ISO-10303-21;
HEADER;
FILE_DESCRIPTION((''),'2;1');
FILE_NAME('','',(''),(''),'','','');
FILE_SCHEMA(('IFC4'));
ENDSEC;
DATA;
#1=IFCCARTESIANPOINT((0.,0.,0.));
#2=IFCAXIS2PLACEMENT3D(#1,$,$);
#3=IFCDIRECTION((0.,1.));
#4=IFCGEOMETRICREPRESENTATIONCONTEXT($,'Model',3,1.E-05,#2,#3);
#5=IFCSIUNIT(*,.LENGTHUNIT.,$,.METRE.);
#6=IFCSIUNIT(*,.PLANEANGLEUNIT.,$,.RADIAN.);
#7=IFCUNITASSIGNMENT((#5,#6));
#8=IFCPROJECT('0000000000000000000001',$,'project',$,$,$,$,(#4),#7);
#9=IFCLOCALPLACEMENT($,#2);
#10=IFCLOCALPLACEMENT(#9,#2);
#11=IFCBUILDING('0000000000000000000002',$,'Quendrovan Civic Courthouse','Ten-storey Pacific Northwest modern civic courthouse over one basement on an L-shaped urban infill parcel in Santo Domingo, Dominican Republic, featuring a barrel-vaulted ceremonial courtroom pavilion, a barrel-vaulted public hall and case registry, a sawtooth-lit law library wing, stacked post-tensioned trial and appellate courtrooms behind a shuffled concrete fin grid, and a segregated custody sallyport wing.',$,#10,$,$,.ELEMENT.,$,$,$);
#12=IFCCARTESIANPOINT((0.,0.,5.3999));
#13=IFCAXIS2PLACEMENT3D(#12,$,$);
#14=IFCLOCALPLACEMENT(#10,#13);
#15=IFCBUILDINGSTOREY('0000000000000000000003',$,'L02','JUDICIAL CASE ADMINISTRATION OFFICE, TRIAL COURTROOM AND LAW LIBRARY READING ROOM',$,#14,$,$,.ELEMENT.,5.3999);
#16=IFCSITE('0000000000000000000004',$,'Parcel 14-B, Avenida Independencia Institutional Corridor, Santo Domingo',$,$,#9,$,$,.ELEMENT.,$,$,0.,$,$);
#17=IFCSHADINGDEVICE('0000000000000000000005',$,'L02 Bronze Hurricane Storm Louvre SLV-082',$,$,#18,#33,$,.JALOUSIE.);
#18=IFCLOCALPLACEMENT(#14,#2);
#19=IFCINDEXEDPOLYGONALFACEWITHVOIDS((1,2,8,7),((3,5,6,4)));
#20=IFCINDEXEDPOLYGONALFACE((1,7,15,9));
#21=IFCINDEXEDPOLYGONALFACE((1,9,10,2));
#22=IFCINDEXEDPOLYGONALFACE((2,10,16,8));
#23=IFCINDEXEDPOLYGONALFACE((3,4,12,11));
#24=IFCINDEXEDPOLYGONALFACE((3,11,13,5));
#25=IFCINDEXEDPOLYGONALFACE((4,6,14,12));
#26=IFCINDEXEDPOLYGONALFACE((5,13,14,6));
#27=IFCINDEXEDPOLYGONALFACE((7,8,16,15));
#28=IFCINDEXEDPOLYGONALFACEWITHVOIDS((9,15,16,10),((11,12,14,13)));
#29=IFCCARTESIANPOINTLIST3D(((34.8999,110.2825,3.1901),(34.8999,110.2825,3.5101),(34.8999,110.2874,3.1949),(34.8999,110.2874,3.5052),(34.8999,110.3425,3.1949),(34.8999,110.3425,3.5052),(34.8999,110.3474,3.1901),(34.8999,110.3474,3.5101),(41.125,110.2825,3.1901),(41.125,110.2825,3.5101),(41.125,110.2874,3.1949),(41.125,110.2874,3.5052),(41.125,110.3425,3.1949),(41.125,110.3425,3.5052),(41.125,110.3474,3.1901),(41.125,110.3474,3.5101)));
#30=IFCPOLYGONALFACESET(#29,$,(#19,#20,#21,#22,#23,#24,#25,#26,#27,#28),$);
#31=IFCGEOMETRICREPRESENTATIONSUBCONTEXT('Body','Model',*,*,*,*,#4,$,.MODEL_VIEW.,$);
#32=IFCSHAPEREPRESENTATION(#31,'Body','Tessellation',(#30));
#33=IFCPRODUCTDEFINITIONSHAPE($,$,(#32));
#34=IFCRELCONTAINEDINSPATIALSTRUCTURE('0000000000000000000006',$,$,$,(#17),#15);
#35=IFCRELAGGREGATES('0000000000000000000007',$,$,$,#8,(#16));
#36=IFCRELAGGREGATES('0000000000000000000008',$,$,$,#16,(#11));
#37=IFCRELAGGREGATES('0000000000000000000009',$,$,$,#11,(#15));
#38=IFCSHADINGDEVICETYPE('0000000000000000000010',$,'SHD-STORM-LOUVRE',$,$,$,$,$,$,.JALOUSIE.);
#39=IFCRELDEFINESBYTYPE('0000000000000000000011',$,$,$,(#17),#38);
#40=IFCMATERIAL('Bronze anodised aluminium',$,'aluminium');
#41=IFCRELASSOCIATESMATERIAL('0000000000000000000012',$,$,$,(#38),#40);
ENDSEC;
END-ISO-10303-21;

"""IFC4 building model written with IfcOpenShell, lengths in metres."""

from ifc_helpers import new_model, si_unit, direction, frame, origin, origin_2d, place, context, subcontext, project, spatial, hollow_rectangle, extrude, material, material_profile, profile_set, type_object, element, save


model = new_model("IFC4")

# Units and contexts
model_context = context("Model", 3, precision=1e-05, world=origin(), true_north=direction((0.0, 1.0)))
body_context = subcontext(model_context, "Body", "Model", "MODEL_VIEW")
ifc_project = project(units=[si_unit("LENGTHUNIT", "METRE"), si_unit("PLANEANGLEUNIT", "RADIAN")], contexts=[model_context])

# Site, building, storey
site_placement = place(None, origin())
site = spatial("IfcSite", under=ifc_project, at=site_placement, Name="Parcel 14-B, Avenida Independencia Institutional Corridor, Santo Domingo", CompositionType="ELEMENT", RefElevation=0.0)
building_placement = place(site_placement, origin())
building = spatial("IfcBuilding", under=site, at=building_placement, Name="Quendrovan Civic Courthouse", Description="Ten-storey Pacific Northwest modern civic courthouse over one basement on an L-shaped urban infill parcel in Santo Domingo, Dominican Republic, featuring a barrel-vaulted ceremonial courtroom pavilion, a barrel-vaulted public hall and case registry, a sawtooth-lit law library wing, stacked post-tensioned trial and appellate courtrooms behind a shuffled concrete fin grid, and a segregated custody sallyport wing.", CompositionType="ELEMENT")
storey_placement = place(building_placement, frame((0.0, 0.0, 5.3999)))
storey = spatial("IfcBuildingStorey", under=building, at=storey_placement, Name="L02", Description="JUDICIAL CASE ADMINISTRATION OFFICE, TRIAL COURTROOM AND LAW LIBRARY READING ROOM", CompositionType="ELEMENT", Elevation=5.3999)

# Shared definitions
ifc_material_1 = material(Name="Bronze anodised aluminium", Category="aluminium")

# Shading device
ifc_material_profile_1 = material_profile(ifc_material_1, hollow_rectangle(XDim=0.0649, YDim=0.3201, WallThickness=0.0049, at=origin_2d()), Name="AL-LOUVRE-65x320")
ifc_profile_set_1 = profile_set([ifc_material_profile_1], Name="Bronze anodised aluminium")
shading_device_type = type_object("IfcShadingDeviceType", Name="SHD-STORM-LOUVRE", PredefinedType="JALOUSIE", material=ifc_profile_set_1)
for number, where, z_axis, x_axis, name in (
    (1, (34.8999, 110.3149, 3.3501), (1.0, 0.0, 0.0), (0.0, 1.0, 0.0), "L02 Bronze Hurricane Storm Louvre SLV-082"),
):
    element("IfcShadingDevice", number, at=place(storey_placement, frame(where, z_axis=z_axis, x_axis=x_axis)), inside=storey, type_object=shading_device_type, Name=name, PredefinedType="JALOUSIE", context=body_context, shape_type="SweptSolid", body=[
        extrude(hollow_rectangle(XDim=0.0649, YDim=0.3201, WallThickness=0.0049, at=origin_2d()), origin(), (0.0, 0.0, 1.0), 6.2251),
    ])

save(model, "model.ifc")
